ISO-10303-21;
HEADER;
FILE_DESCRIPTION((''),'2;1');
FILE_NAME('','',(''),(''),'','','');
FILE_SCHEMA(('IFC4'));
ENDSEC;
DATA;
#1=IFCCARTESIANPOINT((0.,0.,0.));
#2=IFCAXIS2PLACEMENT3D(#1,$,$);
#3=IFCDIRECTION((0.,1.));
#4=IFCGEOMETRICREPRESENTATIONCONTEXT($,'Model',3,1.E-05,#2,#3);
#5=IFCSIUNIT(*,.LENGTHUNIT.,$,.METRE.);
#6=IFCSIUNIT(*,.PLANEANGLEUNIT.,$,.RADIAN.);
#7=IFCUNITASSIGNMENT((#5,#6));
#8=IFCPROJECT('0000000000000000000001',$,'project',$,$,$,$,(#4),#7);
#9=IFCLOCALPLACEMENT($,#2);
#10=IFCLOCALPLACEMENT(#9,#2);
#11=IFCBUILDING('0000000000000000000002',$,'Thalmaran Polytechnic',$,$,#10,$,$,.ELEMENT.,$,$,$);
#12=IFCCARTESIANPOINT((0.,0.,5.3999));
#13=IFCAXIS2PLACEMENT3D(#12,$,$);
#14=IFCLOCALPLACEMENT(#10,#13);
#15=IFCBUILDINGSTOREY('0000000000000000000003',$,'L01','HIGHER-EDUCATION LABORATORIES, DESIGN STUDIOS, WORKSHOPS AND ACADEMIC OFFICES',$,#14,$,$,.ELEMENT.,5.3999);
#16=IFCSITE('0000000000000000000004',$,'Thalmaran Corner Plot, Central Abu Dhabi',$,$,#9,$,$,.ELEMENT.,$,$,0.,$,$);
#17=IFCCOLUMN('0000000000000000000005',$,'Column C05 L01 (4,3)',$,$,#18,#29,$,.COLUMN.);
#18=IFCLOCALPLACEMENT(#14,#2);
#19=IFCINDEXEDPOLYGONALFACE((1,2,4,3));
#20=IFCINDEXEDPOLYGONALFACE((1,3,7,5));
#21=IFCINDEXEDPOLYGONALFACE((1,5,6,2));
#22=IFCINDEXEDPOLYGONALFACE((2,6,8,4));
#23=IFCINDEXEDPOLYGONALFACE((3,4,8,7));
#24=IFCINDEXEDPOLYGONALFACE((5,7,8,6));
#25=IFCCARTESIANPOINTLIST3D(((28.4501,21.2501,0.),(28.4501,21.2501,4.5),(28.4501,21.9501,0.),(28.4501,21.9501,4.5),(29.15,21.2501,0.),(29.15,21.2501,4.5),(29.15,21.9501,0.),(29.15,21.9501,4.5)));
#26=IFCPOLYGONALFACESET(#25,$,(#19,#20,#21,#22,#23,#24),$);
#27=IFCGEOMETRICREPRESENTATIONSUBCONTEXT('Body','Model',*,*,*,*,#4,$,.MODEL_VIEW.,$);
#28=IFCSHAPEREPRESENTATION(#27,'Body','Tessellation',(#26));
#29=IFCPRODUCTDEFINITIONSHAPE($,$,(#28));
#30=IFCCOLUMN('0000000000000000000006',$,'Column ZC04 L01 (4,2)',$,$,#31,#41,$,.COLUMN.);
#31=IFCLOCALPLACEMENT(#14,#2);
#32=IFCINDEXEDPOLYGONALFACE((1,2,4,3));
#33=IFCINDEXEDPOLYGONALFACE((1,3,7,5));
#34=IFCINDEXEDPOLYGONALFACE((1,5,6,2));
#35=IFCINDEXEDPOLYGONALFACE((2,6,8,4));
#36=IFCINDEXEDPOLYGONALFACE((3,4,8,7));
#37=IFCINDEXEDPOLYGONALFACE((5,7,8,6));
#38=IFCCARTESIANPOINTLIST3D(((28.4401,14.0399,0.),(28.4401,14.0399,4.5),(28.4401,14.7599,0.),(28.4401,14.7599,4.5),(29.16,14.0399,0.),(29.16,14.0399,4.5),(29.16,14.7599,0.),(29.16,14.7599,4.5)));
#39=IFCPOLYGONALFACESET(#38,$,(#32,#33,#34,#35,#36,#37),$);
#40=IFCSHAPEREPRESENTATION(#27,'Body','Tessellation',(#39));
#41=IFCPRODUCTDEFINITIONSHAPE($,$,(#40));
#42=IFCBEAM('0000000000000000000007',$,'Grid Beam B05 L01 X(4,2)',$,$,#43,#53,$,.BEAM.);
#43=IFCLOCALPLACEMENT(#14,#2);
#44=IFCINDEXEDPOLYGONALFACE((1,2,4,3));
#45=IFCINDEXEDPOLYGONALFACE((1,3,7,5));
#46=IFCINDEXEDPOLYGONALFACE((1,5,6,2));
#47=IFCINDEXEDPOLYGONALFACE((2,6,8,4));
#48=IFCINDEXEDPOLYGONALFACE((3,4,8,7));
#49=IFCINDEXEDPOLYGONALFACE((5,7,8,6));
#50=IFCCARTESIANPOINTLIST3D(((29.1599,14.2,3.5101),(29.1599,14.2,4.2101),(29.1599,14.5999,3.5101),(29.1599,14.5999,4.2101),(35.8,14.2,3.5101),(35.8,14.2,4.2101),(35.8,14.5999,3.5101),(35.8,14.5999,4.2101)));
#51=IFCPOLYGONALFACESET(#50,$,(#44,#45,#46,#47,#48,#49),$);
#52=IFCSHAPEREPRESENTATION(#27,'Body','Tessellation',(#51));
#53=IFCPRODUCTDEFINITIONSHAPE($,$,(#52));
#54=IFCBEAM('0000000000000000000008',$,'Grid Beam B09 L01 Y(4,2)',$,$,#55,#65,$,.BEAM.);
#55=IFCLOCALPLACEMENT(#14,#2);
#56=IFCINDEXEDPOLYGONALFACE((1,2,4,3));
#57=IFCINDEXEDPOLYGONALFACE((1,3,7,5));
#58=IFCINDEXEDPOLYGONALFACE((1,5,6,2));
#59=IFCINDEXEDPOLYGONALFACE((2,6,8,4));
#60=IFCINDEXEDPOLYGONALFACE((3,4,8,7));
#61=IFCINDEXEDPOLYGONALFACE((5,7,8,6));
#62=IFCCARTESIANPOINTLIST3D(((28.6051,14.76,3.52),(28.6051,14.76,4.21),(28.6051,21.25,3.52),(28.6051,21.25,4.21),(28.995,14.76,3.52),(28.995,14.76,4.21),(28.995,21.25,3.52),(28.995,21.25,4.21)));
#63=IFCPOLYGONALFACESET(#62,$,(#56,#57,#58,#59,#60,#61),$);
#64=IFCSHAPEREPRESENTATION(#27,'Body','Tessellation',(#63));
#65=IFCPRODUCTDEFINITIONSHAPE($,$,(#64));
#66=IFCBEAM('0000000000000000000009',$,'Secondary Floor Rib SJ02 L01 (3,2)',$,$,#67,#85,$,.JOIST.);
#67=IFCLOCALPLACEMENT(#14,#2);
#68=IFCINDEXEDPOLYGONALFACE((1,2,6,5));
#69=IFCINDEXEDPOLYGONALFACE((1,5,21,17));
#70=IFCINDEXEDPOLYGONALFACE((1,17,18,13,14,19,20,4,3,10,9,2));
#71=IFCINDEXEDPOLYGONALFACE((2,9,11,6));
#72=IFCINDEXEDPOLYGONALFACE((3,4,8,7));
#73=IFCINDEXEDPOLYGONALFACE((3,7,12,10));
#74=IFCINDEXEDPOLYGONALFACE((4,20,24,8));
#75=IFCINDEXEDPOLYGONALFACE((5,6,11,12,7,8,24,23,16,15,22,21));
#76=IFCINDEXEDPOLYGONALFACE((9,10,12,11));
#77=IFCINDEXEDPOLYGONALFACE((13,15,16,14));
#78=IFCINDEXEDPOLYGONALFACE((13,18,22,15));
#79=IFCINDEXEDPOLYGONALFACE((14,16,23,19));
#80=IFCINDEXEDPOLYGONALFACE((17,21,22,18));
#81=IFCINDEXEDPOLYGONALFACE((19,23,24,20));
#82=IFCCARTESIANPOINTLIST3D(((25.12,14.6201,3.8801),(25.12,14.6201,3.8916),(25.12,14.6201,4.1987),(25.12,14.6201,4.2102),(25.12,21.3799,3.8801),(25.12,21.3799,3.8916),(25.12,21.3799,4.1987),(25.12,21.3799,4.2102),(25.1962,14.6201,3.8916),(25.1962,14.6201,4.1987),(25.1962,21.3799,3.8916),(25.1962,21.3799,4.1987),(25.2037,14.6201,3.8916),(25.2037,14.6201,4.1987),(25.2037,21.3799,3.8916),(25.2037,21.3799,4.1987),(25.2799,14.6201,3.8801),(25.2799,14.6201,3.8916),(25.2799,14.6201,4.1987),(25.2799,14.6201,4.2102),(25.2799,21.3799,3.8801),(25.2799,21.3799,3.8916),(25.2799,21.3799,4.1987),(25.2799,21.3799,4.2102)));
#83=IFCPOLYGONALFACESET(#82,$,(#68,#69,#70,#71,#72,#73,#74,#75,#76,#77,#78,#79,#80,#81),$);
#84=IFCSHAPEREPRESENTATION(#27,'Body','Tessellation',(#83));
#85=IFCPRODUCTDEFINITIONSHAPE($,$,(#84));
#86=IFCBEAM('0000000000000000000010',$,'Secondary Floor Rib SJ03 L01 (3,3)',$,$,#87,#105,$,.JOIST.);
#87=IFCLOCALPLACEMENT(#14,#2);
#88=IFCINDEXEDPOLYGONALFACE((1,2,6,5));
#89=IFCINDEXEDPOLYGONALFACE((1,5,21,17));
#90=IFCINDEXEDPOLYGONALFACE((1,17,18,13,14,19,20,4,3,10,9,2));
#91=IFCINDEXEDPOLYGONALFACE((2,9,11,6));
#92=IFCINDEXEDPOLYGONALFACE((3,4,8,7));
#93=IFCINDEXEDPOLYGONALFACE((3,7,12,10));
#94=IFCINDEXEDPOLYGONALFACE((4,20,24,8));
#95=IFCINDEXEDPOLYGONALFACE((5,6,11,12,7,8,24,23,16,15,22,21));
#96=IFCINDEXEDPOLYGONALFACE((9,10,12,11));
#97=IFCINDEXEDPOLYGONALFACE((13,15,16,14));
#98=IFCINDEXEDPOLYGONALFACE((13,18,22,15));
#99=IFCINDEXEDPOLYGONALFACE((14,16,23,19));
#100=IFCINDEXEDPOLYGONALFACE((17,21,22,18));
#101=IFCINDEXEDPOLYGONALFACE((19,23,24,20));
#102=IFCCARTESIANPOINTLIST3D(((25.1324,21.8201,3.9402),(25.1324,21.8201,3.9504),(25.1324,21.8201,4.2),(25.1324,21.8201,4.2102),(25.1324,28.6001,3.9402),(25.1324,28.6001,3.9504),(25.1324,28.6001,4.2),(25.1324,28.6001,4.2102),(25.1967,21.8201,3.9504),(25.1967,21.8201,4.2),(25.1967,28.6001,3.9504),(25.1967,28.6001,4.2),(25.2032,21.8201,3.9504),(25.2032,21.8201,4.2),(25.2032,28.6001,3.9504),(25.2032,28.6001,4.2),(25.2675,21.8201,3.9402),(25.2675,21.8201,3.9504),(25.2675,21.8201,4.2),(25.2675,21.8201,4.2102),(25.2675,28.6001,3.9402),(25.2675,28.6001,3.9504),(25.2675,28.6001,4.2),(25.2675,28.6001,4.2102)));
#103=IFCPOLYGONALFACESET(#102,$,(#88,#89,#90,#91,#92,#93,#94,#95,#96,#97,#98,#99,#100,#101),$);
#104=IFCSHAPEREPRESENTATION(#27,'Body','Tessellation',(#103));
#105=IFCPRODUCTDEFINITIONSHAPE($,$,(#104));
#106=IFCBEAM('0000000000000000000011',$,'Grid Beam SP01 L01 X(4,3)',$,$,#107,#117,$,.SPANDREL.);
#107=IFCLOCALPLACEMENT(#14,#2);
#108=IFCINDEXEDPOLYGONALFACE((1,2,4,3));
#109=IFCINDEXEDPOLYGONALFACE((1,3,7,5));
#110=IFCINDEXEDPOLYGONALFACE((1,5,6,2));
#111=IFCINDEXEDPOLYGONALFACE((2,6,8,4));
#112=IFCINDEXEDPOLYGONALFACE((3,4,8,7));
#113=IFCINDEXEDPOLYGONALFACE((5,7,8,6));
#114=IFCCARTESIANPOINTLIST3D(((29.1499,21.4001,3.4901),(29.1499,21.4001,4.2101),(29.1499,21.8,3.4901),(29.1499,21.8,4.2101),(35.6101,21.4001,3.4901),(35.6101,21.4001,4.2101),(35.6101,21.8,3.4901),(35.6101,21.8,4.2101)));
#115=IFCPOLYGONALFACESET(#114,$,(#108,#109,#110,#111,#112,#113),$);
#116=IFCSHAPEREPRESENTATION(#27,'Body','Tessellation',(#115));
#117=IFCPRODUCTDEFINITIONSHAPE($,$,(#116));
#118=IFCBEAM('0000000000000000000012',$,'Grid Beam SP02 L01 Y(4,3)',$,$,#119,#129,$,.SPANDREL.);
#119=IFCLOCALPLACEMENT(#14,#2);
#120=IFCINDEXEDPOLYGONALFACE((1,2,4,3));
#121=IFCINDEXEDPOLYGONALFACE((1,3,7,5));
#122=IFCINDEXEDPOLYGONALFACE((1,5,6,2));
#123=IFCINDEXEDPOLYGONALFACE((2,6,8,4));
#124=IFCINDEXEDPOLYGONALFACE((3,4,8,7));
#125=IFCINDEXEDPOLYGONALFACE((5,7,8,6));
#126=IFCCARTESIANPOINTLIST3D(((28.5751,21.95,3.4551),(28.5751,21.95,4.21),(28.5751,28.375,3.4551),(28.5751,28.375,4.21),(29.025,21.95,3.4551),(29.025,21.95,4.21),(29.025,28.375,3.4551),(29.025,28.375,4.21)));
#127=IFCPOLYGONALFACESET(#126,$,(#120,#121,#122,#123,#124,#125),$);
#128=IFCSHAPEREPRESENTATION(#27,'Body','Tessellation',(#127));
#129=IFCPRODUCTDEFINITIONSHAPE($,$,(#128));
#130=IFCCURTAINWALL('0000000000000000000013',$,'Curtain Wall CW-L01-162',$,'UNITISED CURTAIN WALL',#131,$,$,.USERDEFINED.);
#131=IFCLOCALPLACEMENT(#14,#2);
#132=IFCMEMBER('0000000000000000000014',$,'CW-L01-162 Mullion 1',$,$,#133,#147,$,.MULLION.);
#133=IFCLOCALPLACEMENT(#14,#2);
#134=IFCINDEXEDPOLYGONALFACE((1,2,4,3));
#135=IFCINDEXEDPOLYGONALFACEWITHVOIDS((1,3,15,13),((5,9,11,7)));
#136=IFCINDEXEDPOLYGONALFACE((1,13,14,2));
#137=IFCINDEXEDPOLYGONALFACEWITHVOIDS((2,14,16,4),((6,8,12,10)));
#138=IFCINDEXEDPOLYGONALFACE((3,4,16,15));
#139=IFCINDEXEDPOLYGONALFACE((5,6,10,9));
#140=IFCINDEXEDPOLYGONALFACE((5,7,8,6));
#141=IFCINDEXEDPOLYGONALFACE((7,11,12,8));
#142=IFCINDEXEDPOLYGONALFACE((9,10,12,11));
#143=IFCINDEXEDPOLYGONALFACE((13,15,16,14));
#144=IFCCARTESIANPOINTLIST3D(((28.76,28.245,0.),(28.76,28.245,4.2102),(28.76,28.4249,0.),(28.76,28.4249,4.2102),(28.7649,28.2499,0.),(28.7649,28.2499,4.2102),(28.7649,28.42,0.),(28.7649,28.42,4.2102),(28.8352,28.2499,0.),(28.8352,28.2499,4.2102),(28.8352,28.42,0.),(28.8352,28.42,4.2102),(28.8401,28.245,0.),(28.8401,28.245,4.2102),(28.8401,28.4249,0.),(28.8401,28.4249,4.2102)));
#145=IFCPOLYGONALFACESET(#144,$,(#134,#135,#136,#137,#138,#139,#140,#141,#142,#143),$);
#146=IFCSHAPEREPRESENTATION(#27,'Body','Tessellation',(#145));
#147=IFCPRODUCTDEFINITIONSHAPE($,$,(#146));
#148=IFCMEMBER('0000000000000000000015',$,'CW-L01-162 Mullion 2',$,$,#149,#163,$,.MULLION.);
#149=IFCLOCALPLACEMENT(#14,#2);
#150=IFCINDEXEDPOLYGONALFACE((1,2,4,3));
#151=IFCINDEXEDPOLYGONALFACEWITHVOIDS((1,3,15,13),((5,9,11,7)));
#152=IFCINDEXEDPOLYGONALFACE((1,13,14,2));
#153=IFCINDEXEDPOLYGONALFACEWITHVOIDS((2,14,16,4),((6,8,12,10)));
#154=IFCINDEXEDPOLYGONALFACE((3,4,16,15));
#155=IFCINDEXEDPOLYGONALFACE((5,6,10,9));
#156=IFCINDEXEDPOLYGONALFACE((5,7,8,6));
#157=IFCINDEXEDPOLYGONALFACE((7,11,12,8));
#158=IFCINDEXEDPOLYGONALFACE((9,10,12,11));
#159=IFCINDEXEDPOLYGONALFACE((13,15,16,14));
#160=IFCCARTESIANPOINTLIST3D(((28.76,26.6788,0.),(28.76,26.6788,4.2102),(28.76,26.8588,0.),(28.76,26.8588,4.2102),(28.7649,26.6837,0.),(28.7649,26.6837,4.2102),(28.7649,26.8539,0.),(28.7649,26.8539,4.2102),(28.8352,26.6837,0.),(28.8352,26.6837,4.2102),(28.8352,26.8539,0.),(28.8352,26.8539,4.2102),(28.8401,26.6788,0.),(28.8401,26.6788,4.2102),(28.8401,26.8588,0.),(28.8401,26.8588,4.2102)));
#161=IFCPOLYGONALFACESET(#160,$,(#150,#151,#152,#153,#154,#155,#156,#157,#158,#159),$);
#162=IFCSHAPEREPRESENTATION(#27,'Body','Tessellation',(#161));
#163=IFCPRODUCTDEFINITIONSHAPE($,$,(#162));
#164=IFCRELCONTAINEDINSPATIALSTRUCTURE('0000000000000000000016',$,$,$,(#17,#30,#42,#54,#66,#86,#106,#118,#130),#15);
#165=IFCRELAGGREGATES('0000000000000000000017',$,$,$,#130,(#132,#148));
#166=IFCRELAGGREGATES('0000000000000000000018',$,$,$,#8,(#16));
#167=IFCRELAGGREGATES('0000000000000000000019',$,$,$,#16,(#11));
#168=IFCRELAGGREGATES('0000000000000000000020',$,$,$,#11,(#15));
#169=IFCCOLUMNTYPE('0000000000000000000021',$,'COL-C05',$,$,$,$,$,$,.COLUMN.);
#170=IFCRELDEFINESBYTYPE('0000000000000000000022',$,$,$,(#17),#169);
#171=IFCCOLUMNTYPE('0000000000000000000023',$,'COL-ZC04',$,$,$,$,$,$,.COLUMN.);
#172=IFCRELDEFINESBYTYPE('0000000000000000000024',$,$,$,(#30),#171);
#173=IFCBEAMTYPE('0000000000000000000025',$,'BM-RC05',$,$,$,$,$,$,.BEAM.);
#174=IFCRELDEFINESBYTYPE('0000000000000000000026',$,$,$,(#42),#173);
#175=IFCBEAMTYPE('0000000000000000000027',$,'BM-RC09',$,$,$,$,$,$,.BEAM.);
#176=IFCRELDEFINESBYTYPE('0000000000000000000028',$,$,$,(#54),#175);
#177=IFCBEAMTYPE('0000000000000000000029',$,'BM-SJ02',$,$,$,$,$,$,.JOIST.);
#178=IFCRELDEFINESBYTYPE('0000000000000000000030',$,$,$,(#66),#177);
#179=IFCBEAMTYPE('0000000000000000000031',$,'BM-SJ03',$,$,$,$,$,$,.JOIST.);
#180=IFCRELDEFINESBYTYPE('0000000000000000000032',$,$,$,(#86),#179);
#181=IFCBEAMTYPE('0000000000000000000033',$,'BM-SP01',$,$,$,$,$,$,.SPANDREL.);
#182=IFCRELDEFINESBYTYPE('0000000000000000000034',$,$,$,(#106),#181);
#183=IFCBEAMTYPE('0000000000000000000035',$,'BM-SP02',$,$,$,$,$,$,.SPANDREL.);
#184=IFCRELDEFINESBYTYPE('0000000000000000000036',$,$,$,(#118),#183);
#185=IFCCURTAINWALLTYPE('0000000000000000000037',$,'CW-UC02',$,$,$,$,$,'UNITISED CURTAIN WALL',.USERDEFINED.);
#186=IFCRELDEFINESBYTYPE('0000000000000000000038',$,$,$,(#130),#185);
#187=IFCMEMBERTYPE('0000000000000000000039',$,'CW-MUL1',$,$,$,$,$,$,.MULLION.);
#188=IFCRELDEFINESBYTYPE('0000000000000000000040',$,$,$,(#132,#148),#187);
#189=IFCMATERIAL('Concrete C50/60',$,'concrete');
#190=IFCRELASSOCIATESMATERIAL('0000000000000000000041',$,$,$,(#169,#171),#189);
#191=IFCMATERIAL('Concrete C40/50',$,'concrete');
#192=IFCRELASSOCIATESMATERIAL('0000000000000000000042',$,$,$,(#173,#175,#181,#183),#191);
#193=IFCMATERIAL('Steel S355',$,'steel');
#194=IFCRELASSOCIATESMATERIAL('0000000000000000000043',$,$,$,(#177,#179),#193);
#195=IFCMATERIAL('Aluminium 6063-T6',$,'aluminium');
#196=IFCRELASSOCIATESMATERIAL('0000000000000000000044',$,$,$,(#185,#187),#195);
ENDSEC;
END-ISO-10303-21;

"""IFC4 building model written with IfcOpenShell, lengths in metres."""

from ifc_helpers import new_model, si_unit, direction, frame, origin, origin_2d, place, context, subcontext, project, spatial, rectangle, hollow_rectangle, i_section, extrude, material, material_profile, profile_set, type_object, element, aggregate, save


model = new_model("IFC4")

# Units and contexts
model_context = context("Model", 3, precision=1e-05, world=origin(), true_north=direction((0.0, 1.0)))
body_context = subcontext(model_context, "Body", "Model", "MODEL_VIEW")
ifc_project = project(units=[si_unit("LENGTHUNIT", "METRE"), si_unit("PLANEANGLEUNIT", "RADIAN")], contexts=[model_context])

# Site, building, storey
site_placement = place(None, origin())
site = spatial("IfcSite", under=ifc_project, at=site_placement, Name="Thalmaran Corner Plot, Central Abu Dhabi", CompositionType="ELEMENT", RefElevation=0.0)
building_placement = place(site_placement, origin())
building = spatial("IfcBuilding", under=site, at=building_placement, Name="Thalmaran Polytechnic", CompositionType="ELEMENT")
storey_placement = place(building_placement, frame((0.0, 0.0, 5.3999)))
storey = spatial("IfcBuildingStorey", under=building, at=storey_placement, Name="L01", Description="HIGHER-EDUCATION LABORATORIES, DESIGN STUDIOS, WORKSHOPS AND ACADEMIC OFFICES", CompositionType="ELEMENT", Elevation=5.3999)

# Columns
ifc_material_1 = material(Name="Concrete C50/60", Category="concrete")
ifc_material_profile_1 = material_profile(ifc_material_1, rectangle(XDim=0.7, YDim=0.7, at=origin_2d()), Name="RC 700x700")
ifc_profile_set_1 = profile_set([ifc_material_profile_1], Name="Concrete C50/60")
column_type_1 = type_object("IfcColumnType", Name="COL-C05", PredefinedType="COLUMN", material=ifc_profile_set_1)
column_1_placement = place(storey_placement, frame((28.8, 21.6001, 0.0), z_axis=(0.0, 0.0, 1.0), x_axis=(1.0, 0.0, 0.0)))
element("IfcColumn", 1, at=column_1_placement, inside=storey, type_object=column_type_1, Name="Column C05 L01 (4,3)", PredefinedType="COLUMN", context=body_context, shape_type="SweptSolid", body=[
    extrude(rectangle(XDim=0.7, YDim=0.7, at=origin_2d()), origin(), (0.0, 0.0, 1.0), 4.5),
])
ifc_material_profile_2 = material_profile(ifc_material_1, rectangle(XDim=0.72, YDim=0.72, at=origin_2d()), Name="RC 720x720")
ifc_profile_set_2 = profile_set([ifc_material_profile_2], Name="Concrete C50/60")
column_type_2 = type_object("IfcColumnType", Name="COL-ZC04", PredefinedType="COLUMN", material=ifc_profile_set_2)
column_2_placement = place(storey_placement, frame((28.8, 14.3999, 0.0), z_axis=(0.0, 0.0, 1.0), x_axis=(1.0, 0.0, 0.0)))
element("IfcColumn", 2, at=column_2_placement, inside=storey, type_object=column_type_2, Name="Column ZC04 L01 (4,2)", PredefinedType="COLUMN", context=body_context, shape_type="SweptSolid", body=[
    extrude(rectangle(XDim=0.72, YDim=0.72, at=origin_2d()), origin(), (0.0, 0.0, 1.0), 4.5),
])

# Beams
ifc_material_2 = material(Name="Concrete C40/50", Category="concrete")
ifc_material_profile_3 = material_profile(ifc_material_2, rectangle(XDim=0.3999, YDim=0.7, at=origin_2d()), Name="RC 400x700")
ifc_profile_set_3 = profile_set([ifc_material_profile_3], Name="Concrete C40/50")
beam_type_1 = type_object("IfcBeamType", Name="BM-RC05", PredefinedType="BEAM", material=ifc_profile_set_3)
beam_1_placement = place(storey_placement, frame((29.1599, 14.3999, 3.8601), z_axis=(1.0, 0.0, 0.0), x_axis=(0.0, 1.0, 0.0)))
element("IfcBeam", 3, at=beam_1_placement, inside=storey, type_object=beam_type_1, Name="Grid Beam B05 L01 X(4,2)", PredefinedType="BEAM", context=body_context, shape_type="SweptSolid", body=[
    extrude(rectangle(XDim=0.3999, YDim=0.7, at=origin_2d()), origin(), (0.0, 0.0, 1.0), 6.6401),
])
ifc_material_profile_4 = material_profile(ifc_material_2, rectangle(XDim=0.3899, YDim=0.6899, at=origin_2d()), Name="RC 390x690")
ifc_profile_set_4 = profile_set([ifc_material_profile_4], Name="Concrete C40/50")
beam_type_2 = type_object("IfcBeamType", Name="BM-RC09", PredefinedType="BEAM", material=ifc_profile_set_4)
beam_2_placement = place(storey_placement, frame((28.8, 14.76, 3.865), z_axis=(0.0, 1.0, 0.0), x_axis=(-1.0, 0.0, 0.0)))
element("IfcBeam", 4, at=beam_2_placement, inside=storey, type_object=beam_type_2, Name="Grid Beam B09 L01 Y(4,2)", PredefinedType="BEAM", context=body_context, shape_type="SweptSolid", body=[
    extrude(rectangle(XDim=0.3899, YDim=0.6899, at=origin_2d()), origin(), (0.0, 0.0, 1.0), 6.49),
])
ifc_material_3 = material(Name="Steel S355", Category="steel")
ifc_material_profile_5 = material_profile(ifc_material_3, i_section(OverallWidth=0.1599, OverallDepth=0.3301, WebThickness=0.0076, FlangeThickness=0.0115, at=origin_2d()), Name="IPE 330")
ifc_profile_set_5 = profile_set([ifc_material_profile_5], Name="Steel S355")
beam_type_3 = type_object("IfcBeamType", Name="BM-SJ02", PredefinedType="JOIST", material=ifc_profile_set_5)
beam_3_placement = place(storey_placement, frame((25.2, 14.6201, 4.0452), z_axis=(0.0, 1.0, 0.0), x_axis=(-1.0, 0.0, 0.0)))
element("IfcBeam", 5, at=beam_3_placement, inside=storey, type_object=beam_type_3, Name="Secondary Floor Rib SJ02 L01 (3,2)", PredefinedType="JOIST", context=body_context, shape_type="SweptSolid", body=[
    extrude(i_section(OverallWidth=0.1599, OverallDepth=0.3301, WebThickness=0.0076, FlangeThickness=0.0115, at=origin_2d()), origin(), (0.0, 0.0, 1.0), 6.7598),
])
ifc_material_profile_6 = material_profile(ifc_material_3, i_section(OverallWidth=0.135, OverallDepth=0.27, WebThickness=0.0066, FlangeThickness=0.0103, at=origin_2d()), Name="IPE 270")
ifc_profile_set_6 = profile_set([ifc_material_profile_6], Name="Steel S355")
beam_type_4 = type_object("IfcBeamType", Name="BM-SJ03", PredefinedType="JOIST", material=ifc_profile_set_6)
beam_4_placement = place(storey_placement, frame((25.2, 21.8201, 4.0752), z_axis=(0.0, 1.0, 0.0), x_axis=(-1.0, 0.0, 0.0)))
element("IfcBeam", 6, at=beam_4_placement, inside=storey, type_object=beam_type_4, Name="Secondary Floor Rib SJ03 L01 (3,3)", PredefinedType="JOIST", context=body_context, shape_type="SweptSolid", body=[
    extrude(i_section(OverallWidth=0.135, OverallDepth=0.27, WebThickness=0.0066, FlangeThickness=0.0103, at=origin_2d()), origin(), (0.0, 0.0, 1.0), 6.78),
])
ifc_material_profile_7 = material_profile(ifc_material_2, rectangle(XDim=0.3999, YDim=0.72, at=origin_2d()), Name="RC 400x720")
ifc_profile_set_7 = profile_set([ifc_material_profile_7], Name="Concrete C40/50")
beam_type_5 = type_object("IfcBeamType", Name="BM-SP01", PredefinedType="SPANDREL", material=ifc_profile_set_7)
beam_5_placement = place(storey_placement, frame((29.1499, 21.6001, 3.8501), z_axis=(1.0, 0.0, 0.0), x_axis=(0.0, 1.0, 0.0)))
element("IfcBeam", 7, at=beam_5_placement, inside=storey, type_object=beam_type_5, Name="Grid Beam SP01 L01 X(4,3)", PredefinedType="SPANDREL", context=body_context, shape_type="SweptSolid", body=[
    extrude(rectangle(XDim=0.3999, YDim=0.72, at=origin_2d()), origin(), (0.0, 0.0, 1.0), 6.4602),
])
ifc_material_profile_8 = material_profile(ifc_material_2, rectangle(XDim=0.45, YDim=0.7549, at=origin_2d()), Name="RC 450x755")
ifc_profile_set_8 = profile_set([ifc_material_profile_8], Name="Concrete C40/50")
beam_type_6 = type_object("IfcBeamType", Name="BM-SP02", PredefinedType="SPANDREL", material=ifc_profile_set_8)
beam_6_placement = place(storey_placement, frame((28.8, 21.95, 3.8325), z_axis=(0.0, 1.0, 0.0), x_axis=(-1.0, 0.0, 0.0)))
element("IfcBeam", 8, at=beam_6_placement, inside=storey, type_object=beam_type_6, Name="Grid Beam SP02 L01 Y(4,3)", PredefinedType="SPANDREL", context=body_context, shape_type="SweptSolid", body=[
    extrude(rectangle(XDim=0.45, YDim=0.7549, at=origin_2d()), origin(), (0.0, 0.0, 1.0), 6.425),
])

# Curtain wall, members
ifc_material_4 = material(Name="Aluminium 6063-T6", Category="aluminium")
curtain_wall_type = type_object("IfcCurtainWallType", Name="CW-UC02", ElementType="UNITISED CURTAIN WALL", PredefinedType="USERDEFINED", material=ifc_material_4)
curtain_wall_1_placement = place(storey_placement, origin())
curtain_wall_1 = element("IfcCurtainWall", 9, at=curtain_wall_1_placement, inside=storey, type_object=curtain_wall_type, Name="Curtain Wall CW-L01-162", ObjectType="UNITISED CURTAIN WALL", PredefinedType="USERDEFINED")
ifc_material_profile_9 = material_profile(ifc_material_4, hollow_rectangle(XDim=0.0801, YDim=0.1799, WallThickness=0.0049, at=origin_2d()), Name="RHS 180x80x5.0")
ifc_profile_set_9 = profile_set([ifc_material_profile_9], Name="Aluminium 6063-T6")
member_type_1 = type_object("IfcMemberType", Name="CW-MUL1", PredefinedType="MULLION", material=ifc_profile_set_9)
member_1_placement = place(storey_placement, frame((28.8, 28.335, 0.0), z_axis=(0.0, 0.0, 1.0), x_axis=(1.0, 0.0, 0.0)))
member_1 = element("IfcMember", 10, at=member_1_placement, type_object=member_type_1, Name="CW-L01-162 Mullion 1", PredefinedType="MULLION", context=body_context, shape_type="SweptSolid", body=[
    extrude(hollow_rectangle(XDim=0.0801, YDim=0.1799, WallThickness=0.0049, at=origin_2d()), origin(), (0.0, 0.0, 1.0), 4.2102),
])
member_2_placement = place(storey_placement, frame((28.8, 26.7688, 0.0), z_axis=(0.0, 0.0, 1.0), x_axis=(1.0, 0.0, 0.0)))
member_2 = element("IfcMember", 11, at=member_2_placement, type_object=member_type_1, Name="CW-L01-162 Mullion 2", PredefinedType="MULLION", context=body_context, shape_type="SweptSolid", body=[
    extrude(hollow_rectangle(XDim=0.0801, YDim=0.1799, WallThickness=0.0049, at=origin_2d()), origin(), (0.0, 0.0, 1.0), 4.2102),
])

aggregate(curtain_wall_1, [member_1, member_2])

save(model, "model.ifc")
